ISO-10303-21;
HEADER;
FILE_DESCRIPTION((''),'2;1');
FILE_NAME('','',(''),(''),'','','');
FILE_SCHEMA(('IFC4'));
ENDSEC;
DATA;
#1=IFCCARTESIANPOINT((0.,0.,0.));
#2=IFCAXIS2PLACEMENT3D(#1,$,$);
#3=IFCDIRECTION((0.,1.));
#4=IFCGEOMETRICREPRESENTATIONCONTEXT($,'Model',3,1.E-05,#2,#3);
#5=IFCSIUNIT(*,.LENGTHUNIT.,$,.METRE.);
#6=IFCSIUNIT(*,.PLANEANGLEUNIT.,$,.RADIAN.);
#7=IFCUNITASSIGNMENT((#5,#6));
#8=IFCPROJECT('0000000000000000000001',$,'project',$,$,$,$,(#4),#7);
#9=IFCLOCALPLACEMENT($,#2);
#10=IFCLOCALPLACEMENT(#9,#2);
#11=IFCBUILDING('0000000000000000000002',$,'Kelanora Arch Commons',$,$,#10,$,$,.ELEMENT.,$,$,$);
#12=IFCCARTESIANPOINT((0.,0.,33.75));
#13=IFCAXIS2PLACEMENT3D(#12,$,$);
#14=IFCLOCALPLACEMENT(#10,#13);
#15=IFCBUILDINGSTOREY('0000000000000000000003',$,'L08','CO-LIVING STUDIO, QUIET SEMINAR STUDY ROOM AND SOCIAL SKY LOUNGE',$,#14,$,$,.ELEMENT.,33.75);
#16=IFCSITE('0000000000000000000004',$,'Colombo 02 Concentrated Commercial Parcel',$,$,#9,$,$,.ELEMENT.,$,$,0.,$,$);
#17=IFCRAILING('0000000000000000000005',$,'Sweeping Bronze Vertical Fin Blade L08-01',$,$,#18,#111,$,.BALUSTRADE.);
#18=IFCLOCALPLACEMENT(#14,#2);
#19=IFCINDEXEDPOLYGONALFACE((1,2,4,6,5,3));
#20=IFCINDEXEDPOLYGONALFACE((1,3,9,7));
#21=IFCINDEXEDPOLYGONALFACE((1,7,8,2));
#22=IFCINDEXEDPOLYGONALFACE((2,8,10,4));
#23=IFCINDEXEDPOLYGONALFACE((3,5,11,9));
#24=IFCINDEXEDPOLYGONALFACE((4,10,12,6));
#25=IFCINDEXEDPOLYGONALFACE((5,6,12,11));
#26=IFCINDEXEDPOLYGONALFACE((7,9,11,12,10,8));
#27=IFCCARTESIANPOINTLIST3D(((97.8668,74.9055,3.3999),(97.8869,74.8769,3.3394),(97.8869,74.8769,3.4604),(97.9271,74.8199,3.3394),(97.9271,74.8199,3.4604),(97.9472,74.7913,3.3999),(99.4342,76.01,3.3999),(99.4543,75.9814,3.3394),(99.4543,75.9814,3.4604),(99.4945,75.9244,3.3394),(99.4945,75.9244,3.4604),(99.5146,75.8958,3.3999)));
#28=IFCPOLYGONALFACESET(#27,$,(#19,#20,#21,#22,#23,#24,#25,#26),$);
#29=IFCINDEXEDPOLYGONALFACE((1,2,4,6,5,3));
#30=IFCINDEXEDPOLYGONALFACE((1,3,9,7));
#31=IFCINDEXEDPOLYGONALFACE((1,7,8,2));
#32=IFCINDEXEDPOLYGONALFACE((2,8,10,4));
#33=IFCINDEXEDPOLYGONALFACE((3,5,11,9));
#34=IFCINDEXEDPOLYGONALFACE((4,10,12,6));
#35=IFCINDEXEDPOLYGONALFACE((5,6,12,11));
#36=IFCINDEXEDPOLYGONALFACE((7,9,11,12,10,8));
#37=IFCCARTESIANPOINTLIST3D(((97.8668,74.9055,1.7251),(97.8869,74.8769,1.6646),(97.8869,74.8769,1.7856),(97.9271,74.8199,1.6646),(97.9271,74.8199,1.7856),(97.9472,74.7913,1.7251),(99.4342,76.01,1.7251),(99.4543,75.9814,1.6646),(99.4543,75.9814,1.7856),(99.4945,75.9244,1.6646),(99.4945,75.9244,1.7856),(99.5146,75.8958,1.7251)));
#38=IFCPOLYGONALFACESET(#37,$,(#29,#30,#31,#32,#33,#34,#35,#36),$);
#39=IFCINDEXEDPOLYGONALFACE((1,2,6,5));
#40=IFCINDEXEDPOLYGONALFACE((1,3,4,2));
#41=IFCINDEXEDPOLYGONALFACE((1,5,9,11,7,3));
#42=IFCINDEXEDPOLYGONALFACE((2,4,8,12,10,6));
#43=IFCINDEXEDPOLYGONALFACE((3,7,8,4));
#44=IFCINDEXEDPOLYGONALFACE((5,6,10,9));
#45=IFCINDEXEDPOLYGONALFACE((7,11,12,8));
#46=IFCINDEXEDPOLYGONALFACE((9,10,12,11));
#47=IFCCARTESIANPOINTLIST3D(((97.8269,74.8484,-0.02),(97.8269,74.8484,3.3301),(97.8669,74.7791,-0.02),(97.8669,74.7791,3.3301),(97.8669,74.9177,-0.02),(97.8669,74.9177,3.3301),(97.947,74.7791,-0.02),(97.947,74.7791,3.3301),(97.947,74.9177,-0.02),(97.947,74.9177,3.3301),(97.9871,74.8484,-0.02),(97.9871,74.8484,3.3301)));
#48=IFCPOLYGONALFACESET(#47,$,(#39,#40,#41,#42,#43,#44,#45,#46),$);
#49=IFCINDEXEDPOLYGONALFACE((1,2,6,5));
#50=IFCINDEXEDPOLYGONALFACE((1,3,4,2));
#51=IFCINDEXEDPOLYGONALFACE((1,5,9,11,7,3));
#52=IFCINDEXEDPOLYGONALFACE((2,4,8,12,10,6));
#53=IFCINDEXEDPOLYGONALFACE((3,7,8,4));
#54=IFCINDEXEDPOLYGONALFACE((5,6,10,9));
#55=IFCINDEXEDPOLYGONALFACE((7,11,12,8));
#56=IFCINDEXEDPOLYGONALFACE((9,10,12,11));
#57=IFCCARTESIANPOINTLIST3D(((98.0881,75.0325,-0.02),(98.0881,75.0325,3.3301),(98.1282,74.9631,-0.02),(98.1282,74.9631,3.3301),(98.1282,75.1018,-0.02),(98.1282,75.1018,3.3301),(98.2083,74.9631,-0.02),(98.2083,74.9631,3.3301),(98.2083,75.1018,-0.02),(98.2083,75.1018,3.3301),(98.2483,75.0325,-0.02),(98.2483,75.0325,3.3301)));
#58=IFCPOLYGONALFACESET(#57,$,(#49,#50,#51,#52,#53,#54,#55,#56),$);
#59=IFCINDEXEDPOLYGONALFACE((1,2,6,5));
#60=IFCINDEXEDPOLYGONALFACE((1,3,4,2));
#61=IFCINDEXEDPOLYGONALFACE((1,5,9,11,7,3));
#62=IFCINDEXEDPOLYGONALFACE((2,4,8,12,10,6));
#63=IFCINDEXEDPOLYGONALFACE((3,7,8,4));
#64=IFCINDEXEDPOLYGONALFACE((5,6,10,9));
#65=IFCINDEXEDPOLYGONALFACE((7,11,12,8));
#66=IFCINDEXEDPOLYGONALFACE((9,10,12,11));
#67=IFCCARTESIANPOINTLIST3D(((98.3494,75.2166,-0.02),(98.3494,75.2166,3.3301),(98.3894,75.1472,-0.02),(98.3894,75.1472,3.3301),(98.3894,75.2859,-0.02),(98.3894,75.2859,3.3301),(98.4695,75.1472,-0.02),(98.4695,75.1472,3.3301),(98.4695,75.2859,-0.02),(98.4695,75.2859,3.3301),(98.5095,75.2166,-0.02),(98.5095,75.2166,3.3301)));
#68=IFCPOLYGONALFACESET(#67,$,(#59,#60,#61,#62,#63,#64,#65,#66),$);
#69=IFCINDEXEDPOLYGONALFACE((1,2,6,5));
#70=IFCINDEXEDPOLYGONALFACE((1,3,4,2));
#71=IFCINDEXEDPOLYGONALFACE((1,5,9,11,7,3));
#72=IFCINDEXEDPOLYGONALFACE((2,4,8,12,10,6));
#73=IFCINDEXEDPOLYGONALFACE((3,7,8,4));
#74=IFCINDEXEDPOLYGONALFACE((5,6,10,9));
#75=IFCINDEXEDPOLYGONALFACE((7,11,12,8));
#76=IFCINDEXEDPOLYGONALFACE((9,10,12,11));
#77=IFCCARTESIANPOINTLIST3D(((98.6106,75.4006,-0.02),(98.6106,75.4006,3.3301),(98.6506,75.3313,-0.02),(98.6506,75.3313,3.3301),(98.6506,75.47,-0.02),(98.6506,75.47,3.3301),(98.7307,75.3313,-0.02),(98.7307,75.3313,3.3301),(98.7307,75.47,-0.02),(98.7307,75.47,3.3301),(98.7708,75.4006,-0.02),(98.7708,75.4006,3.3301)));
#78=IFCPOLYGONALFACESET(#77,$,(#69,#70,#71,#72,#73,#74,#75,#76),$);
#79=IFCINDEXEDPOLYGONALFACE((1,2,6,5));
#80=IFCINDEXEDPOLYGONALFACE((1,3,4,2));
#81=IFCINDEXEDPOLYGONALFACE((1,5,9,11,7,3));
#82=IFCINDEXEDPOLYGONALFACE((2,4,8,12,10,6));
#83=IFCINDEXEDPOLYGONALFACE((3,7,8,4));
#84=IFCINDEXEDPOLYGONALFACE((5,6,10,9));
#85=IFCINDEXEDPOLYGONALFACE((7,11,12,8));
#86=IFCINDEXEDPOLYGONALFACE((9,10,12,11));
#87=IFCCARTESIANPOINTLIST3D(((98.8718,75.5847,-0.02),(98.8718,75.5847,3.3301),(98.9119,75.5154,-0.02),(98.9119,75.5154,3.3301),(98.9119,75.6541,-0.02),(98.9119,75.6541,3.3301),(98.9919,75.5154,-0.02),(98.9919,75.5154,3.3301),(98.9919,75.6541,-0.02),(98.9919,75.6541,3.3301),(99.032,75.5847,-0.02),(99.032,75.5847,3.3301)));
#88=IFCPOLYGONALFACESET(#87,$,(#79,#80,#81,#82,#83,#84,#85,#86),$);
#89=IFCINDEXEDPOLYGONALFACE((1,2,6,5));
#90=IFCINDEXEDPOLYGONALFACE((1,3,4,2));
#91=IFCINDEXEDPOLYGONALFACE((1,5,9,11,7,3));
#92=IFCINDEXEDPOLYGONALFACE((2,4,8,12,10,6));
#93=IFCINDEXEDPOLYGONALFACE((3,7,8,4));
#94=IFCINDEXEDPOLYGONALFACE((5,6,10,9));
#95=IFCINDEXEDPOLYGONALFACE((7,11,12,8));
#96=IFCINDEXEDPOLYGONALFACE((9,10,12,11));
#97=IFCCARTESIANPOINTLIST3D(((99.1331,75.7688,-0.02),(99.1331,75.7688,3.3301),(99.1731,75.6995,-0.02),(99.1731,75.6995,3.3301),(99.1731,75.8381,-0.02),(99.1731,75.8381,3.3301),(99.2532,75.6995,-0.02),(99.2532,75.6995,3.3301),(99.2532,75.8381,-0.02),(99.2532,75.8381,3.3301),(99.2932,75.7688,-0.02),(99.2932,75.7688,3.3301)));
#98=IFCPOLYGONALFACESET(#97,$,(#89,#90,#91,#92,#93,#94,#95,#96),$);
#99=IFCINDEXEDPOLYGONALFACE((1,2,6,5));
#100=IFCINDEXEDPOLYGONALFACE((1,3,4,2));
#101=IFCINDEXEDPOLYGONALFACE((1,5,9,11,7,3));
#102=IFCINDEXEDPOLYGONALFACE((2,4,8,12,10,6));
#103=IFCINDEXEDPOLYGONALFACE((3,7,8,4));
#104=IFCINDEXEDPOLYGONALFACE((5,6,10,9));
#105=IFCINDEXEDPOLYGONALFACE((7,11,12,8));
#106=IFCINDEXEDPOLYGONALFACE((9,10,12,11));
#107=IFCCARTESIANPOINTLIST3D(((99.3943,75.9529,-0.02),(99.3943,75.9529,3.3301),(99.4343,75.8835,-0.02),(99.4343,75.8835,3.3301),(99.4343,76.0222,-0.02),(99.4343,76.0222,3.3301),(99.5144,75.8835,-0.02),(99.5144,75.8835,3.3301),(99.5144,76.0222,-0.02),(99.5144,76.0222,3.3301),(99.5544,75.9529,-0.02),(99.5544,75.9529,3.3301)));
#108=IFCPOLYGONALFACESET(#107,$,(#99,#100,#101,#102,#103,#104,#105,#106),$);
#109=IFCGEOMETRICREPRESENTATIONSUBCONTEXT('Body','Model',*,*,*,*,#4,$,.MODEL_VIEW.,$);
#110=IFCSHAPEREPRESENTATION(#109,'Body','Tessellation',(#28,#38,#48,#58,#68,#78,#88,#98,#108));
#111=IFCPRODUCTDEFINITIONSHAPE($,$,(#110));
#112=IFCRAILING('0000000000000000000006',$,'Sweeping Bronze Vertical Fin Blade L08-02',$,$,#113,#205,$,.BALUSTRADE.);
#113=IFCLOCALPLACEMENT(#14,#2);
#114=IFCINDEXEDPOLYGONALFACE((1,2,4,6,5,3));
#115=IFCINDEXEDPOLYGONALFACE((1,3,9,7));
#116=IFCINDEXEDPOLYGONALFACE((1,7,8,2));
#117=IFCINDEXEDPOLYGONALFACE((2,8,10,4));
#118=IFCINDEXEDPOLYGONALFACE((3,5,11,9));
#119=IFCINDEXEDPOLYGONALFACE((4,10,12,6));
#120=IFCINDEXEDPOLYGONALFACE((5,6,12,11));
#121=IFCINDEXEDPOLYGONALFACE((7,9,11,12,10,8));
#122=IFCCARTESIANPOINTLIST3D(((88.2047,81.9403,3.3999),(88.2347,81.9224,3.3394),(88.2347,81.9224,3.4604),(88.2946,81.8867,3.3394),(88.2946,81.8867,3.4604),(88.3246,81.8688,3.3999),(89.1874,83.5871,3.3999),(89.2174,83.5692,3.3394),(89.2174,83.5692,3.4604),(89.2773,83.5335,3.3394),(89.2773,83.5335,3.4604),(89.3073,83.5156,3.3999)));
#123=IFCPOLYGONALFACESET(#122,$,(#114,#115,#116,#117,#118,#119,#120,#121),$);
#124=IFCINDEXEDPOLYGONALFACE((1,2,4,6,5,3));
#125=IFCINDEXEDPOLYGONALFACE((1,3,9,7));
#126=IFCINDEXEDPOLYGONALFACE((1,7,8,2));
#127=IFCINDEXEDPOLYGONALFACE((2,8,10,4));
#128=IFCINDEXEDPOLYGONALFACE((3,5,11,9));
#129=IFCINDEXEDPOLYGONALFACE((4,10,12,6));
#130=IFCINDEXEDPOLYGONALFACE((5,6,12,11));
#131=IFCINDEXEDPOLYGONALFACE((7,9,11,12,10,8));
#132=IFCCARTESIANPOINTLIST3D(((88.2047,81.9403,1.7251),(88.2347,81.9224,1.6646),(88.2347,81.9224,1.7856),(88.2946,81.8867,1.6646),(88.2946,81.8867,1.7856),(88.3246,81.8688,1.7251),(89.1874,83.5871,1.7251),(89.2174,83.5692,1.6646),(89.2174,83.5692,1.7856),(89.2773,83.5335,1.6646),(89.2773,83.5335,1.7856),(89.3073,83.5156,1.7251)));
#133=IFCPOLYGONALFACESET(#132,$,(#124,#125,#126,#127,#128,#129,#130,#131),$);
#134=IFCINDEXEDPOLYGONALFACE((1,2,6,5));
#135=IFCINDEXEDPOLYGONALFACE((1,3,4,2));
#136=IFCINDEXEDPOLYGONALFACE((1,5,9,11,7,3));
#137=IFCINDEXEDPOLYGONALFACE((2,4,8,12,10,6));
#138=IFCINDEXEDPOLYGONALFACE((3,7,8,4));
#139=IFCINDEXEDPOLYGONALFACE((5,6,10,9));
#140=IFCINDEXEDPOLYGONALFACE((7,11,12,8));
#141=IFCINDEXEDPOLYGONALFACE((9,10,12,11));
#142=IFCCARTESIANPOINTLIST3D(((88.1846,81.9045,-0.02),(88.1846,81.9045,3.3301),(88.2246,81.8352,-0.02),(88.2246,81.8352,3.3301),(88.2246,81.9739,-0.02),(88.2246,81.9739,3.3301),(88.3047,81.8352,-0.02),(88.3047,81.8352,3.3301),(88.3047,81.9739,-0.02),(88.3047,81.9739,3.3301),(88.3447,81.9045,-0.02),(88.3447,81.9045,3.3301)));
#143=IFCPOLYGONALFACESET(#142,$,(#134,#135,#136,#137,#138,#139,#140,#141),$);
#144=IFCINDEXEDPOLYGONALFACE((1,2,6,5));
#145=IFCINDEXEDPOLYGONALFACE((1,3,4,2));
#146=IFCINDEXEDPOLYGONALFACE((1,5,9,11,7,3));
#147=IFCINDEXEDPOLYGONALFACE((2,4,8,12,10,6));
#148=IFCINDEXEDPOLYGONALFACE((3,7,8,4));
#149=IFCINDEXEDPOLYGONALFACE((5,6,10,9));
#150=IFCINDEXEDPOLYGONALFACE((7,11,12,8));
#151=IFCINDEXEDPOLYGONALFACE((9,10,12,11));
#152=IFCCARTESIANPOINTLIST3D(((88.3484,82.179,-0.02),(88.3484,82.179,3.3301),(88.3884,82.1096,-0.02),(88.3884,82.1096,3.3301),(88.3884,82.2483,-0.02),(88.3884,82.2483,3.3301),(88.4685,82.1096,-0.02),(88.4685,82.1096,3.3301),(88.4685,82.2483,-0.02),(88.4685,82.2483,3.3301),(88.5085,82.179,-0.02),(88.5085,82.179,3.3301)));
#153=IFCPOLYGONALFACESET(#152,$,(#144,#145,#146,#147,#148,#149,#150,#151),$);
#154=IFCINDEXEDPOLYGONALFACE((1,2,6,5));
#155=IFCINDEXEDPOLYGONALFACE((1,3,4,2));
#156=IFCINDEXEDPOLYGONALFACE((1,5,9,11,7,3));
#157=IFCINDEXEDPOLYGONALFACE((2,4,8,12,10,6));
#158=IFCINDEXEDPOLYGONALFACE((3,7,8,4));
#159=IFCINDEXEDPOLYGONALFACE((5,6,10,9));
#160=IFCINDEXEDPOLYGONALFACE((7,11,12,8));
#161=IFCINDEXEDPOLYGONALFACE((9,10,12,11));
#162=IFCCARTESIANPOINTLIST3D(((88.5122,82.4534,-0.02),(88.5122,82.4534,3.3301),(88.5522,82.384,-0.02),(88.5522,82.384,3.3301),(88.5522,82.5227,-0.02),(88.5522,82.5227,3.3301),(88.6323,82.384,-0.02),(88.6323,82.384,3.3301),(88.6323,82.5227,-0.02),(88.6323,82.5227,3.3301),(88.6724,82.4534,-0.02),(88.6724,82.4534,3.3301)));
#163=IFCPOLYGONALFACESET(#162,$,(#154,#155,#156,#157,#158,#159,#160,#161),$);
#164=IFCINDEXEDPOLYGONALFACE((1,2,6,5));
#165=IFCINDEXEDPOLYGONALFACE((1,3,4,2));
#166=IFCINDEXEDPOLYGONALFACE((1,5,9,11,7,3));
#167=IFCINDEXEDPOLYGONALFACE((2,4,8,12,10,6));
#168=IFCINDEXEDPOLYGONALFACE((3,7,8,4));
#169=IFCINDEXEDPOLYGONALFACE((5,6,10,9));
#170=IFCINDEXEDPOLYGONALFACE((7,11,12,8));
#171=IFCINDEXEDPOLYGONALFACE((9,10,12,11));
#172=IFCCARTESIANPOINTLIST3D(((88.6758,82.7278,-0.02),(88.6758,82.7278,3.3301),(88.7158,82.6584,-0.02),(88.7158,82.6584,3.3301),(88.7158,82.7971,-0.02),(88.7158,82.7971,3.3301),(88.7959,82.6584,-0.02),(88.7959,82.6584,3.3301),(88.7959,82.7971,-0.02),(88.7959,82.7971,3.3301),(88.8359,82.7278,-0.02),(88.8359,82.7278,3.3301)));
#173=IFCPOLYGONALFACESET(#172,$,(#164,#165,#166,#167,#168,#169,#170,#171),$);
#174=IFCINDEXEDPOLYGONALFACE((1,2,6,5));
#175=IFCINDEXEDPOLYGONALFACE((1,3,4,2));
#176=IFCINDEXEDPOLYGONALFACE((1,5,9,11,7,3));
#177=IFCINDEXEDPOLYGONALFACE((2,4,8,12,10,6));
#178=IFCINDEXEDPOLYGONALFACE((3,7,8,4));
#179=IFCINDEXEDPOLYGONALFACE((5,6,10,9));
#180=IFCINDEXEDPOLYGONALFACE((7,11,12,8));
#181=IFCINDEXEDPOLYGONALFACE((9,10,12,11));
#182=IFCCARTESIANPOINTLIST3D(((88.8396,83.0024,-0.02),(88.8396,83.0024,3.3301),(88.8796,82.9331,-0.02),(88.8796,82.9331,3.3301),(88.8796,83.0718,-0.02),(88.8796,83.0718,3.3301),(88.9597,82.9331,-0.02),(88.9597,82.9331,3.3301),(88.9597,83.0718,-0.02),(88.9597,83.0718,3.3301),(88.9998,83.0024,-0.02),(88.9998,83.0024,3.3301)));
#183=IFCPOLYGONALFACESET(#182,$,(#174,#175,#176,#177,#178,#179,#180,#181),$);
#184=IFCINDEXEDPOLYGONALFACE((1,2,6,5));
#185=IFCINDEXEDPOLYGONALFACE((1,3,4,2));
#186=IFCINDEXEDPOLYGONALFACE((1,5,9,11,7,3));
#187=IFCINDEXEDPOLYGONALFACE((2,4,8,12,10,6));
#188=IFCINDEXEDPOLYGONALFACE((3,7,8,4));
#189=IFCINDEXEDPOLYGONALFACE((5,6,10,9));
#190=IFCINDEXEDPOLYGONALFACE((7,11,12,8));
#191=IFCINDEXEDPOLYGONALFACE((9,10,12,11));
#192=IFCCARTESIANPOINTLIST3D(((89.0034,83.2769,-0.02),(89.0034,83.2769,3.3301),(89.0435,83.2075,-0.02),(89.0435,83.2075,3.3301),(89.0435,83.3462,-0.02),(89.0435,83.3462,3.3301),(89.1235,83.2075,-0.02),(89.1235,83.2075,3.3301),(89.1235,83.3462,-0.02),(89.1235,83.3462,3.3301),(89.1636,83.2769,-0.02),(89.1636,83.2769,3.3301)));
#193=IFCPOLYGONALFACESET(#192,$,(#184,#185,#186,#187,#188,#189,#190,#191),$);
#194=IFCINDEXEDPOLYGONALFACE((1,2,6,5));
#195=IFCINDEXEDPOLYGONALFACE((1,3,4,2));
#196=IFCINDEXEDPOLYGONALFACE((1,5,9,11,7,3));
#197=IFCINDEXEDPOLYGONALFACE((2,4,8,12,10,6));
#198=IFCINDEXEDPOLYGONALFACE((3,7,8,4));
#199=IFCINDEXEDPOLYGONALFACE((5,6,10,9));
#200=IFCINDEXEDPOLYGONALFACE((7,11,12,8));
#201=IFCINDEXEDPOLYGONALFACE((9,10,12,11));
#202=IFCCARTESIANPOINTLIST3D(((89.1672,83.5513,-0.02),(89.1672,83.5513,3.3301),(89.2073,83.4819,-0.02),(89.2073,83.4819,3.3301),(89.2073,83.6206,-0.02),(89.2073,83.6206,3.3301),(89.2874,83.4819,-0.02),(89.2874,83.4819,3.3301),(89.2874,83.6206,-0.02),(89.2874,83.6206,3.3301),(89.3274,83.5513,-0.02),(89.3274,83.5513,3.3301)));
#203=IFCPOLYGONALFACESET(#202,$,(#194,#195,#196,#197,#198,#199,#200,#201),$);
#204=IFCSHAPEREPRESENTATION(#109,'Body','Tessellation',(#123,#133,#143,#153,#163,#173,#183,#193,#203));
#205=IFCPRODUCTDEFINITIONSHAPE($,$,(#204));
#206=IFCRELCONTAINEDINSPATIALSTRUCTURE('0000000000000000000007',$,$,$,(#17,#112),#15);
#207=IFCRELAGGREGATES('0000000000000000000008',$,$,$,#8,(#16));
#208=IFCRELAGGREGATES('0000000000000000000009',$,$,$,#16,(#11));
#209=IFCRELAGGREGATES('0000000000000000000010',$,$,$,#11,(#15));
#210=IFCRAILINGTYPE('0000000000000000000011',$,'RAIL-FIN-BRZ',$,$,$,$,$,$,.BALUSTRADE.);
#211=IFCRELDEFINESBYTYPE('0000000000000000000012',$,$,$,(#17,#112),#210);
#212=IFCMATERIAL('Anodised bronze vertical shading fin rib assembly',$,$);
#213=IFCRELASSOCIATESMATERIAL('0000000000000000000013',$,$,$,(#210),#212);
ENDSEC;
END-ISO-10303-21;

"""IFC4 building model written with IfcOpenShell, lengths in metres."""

from ifc_helpers import new_model, si_unit, direction, frame, origin, place, context, subcontext, project, spatial, polyline, outline, extrude, material, type_object, element, save


model = new_model("IFC4")

# Units and contexts
model_context = context("Model", 3, precision=1e-05, world=origin(), true_north=direction((0.0, 1.0)))
body_context = subcontext(model_context, "Body", "Model", "MODEL_VIEW")
ifc_project = project(units=[si_unit("LENGTHUNIT", "METRE"), si_unit("PLANEANGLEUNIT", "RADIAN")], contexts=[model_context])

# Site, building, storey
site_placement = place(None, origin())
site = spatial("IfcSite", under=ifc_project, at=site_placement, Name="Colombo 02 Concentrated Commercial Parcel", CompositionType="ELEMENT", RefElevation=0.0)
building_placement = place(site_placement, origin())
building = spatial("IfcBuilding", under=site, at=building_placement, Name="Kelanora Arch Commons", CompositionType="ELEMENT")
storey_placement = place(building_placement, frame((0.0, 0.0, 33.75)))
storey = spatial("IfcBuildingStorey", under=building, at=storey_placement, Name="L08", Description="CO-LIVING STUDIO, QUIET SEMINAR STUDY ROOM AND SOCIAL SKY LOUNGE", CompositionType="ELEMENT", Elevation=33.75)

# Railings
ifc_material_1 = material(Name="Anodised bronze vertical shading fin rib assembly")
railing_type = type_object("IfcRailingType", Name="RAIL-FIN-BRZ", PredefinedType="BALUSTRADE", material=ifc_material_1)
railing_1_placement = place(storey_placement, frame((97.907, 74.8484, -0.02)))
element("IfcRailing", 1, at=railing_1_placement, inside=storey, type_object=railing_type, Name="Sweeping Bronze Vertical Fin Blade L08-01", PredefinedType="BALUSTRADE", context=body_context, shape_type="SweptSolid", body=[
    extrude(outline(polyline([(0.0698, 0.0), (0.0349, 0.0605), (-0.0349, 0.0605), (-0.0698, 0.0), (-0.0349, -0.0605), (0.0349, -0.0605), (0.0698, 0.0)])), frame((0.0, 0.0, 3.4199), z_axis=(0.817433, 0.576023, 0.0), x_axis=(-0.576023, 0.817433, 0.0)), (0.0, 0.0, 1.0), 1.9175),
    extrude(outline(polyline([(0.0698, 0.0), (0.0349, 0.0605), (-0.0349, 0.0605), (-0.0698, 0.0), (-0.0349, -0.0605), (0.0349, -0.0605), (0.0698, 0.0)])), frame((0.0, 0.0, 1.7451), z_axis=(0.817433, 0.576023, 0.0), x_axis=(-0.576023, 0.817433, 0.0)), (0.0, 0.0, 1.0), 1.9175),
    extrude(outline(polyline([(0.0801, 0.0), (0.04, 0.0693), (-0.04, 0.0693), (-0.0801, 0.0), (-0.04, -0.0693), (0.04, -0.0693), (0.0801, 0.0)])), origin(), (0.0, 0.0, 1.0), 3.3501),
    extrude(outline(polyline([(0.0801, 0.0), (0.04, 0.0693), (-0.04, 0.0693), (-0.0801, 0.0), (-0.04, -0.0693), (0.04, -0.0693), (0.0801, 0.0)])), frame((0.2612, 0.1841, 0.0)), (0.0, 0.0, 1.0), 3.3501),
    extrude(outline(polyline([(0.0801, 0.0), (0.04, 0.0693), (-0.04, 0.0693), (-0.0801, 0.0), (-0.04, -0.0693), (0.04, -0.0693), (0.0801, 0.0)])), frame((0.5225, 0.3682, 0.0)), (0.0, 0.0, 1.0), 3.3501),
    extrude(outline(polyline([(0.0801, 0.0), (0.04, 0.0693), (-0.04, 0.0693), (-0.0801, 0.0), (-0.04, -0.0693), (0.04, -0.0693), (0.0801, 0.0)])), frame((0.7837, 0.5522, 0.0)), (0.0, 0.0, 1.0), 3.3501),
    extrude(outline(polyline([(0.0801, 0.0), (0.04, 0.0693), (-0.04, 0.0693), (-0.0801, 0.0), (-0.04, -0.0693), (0.04, -0.0693), (0.0801, 0.0)])), frame((1.0449, 0.7363, 0.0)), (0.0, 0.0, 1.0), 3.3501),
    extrude(outline(polyline([(0.0801, 0.0), (0.04, 0.0693), (-0.04, 0.0693), (-0.0801, 0.0), (-0.04, -0.0693), (0.04, -0.0693), (0.0801, 0.0)])), frame((1.3062, 0.9204, 0.0)), (0.0, 0.0, 1.0), 3.3501),
    extrude(outline(polyline([(0.0801, 0.0), (0.04, 0.0693), (-0.04, 0.0693), (-0.0801, 0.0), (-0.04, -0.0693), (0.04, -0.0693), (0.0801, 0.0)])), frame((1.5674, 1.1045, 0.0)), (0.0, 0.0, 1.0), 3.3501),
])
railing_2_placement = place(storey_placement, frame((88.2646, 81.9045, -0.02)))
element("IfcRailing", 2, at=railing_2_placement, inside=storey, type_object=railing_type, Name="Sweeping Bronze Vertical Fin Blade L08-02", PredefinedType="BALUSTRADE", context=body_context, shape_type="SweptSolid", body=[
    extrude(outline(polyline([(0.0698, 0.0), (0.0349, 0.0605), (-0.0349, 0.0605), (-0.0698, 0.0), (-0.0349, -0.0605), (0.0349, -0.0605), (0.0698, 0.0)])), frame((0.0, 0.0, 3.4199), z_axis=(0.512435, 0.858726, 0.0), x_axis=(-0.858726, 0.512435, 0.0)), (0.0, 0.0, 1.0), 1.9177),
    extrude(outline(polyline([(0.0698, 0.0), (0.0349, 0.0605), (-0.0349, 0.0605), (-0.0698, 0.0), (-0.0349, -0.0605), (0.0349, -0.0605), (0.0698, 0.0)])), frame((0.0, 0.0, 1.7451), z_axis=(0.512435, 0.858726, 0.0), x_axis=(-0.858726, 0.512435, 0.0)), (0.0, 0.0, 1.0), 1.9177),
    extrude(outline(polyline([(0.0801, 0.0), (0.04, 0.0693), (-0.04, 0.0693), (-0.0801, 0.0), (-0.04, -0.0693), (0.04, -0.0693), (0.0801, 0.0)])), origin(), (0.0, 0.0, 1.0), 3.3501),
    extrude(outline(polyline([(0.0801, 0.0), (0.04, 0.0693), (-0.04, 0.0693), (-0.0801, 0.0), (-0.04, -0.0693), (0.04, -0.0693), (0.0801, 0.0)])), frame((0.1638, 0.2744, 0.0)), (0.0, 0.0, 1.0), 3.3501),
    extrude(outline(polyline([(0.0801, 0.0), (0.04, 0.0693), (-0.04, 0.0693), (-0.0801, 0.0), (-0.04, -0.0693), (0.04, -0.0693), (0.0801, 0.0)])), frame((0.3276, 0.5488, 0.0)), (0.0, 0.0, 1.0), 3.3501),
    extrude(outline(polyline([(0.0801, 0.0), (0.04, 0.0693), (-0.04, 0.0693), (-0.0801, 0.0), (-0.04, -0.0693), (0.04, -0.0693), (0.0801, 0.0)])), frame((0.4912, 0.8232, 0.0)), (0.0, 0.0, 1.0), 3.3501),
    extrude(outline(polyline([(0.0801, 0.0), (0.04, 0.0693), (-0.04, 0.0693), (-0.0801, 0.0), (-0.04, -0.0693), (0.04, -0.0693), (0.0801, 0.0)])), frame((0.655, 1.0979, 0.0)), (0.0, 0.0, 1.0), 3.3501),
    extrude(outline(polyline([(0.0801, 0.0), (0.04, 0.0693), (-0.04, 0.0693), (-0.0801, 0.0), (-0.04, -0.0693), (0.04, -0.0693), (0.0801, 0.0)])), frame((0.8188, 1.3723, 0.0)), (0.0, 0.0, 1.0), 3.3501),
    extrude(outline(polyline([(0.0801, 0.0), (0.04, 0.0693), (-0.04, 0.0693), (-0.0801, 0.0), (-0.04, -0.0693), (0.04, -0.0693), (0.0801, 0.0)])), frame((0.9827, 1.6467, 0.0)), (0.0, 0.0, 1.0), 3.3501),
])

save(model, "model.ifc")
